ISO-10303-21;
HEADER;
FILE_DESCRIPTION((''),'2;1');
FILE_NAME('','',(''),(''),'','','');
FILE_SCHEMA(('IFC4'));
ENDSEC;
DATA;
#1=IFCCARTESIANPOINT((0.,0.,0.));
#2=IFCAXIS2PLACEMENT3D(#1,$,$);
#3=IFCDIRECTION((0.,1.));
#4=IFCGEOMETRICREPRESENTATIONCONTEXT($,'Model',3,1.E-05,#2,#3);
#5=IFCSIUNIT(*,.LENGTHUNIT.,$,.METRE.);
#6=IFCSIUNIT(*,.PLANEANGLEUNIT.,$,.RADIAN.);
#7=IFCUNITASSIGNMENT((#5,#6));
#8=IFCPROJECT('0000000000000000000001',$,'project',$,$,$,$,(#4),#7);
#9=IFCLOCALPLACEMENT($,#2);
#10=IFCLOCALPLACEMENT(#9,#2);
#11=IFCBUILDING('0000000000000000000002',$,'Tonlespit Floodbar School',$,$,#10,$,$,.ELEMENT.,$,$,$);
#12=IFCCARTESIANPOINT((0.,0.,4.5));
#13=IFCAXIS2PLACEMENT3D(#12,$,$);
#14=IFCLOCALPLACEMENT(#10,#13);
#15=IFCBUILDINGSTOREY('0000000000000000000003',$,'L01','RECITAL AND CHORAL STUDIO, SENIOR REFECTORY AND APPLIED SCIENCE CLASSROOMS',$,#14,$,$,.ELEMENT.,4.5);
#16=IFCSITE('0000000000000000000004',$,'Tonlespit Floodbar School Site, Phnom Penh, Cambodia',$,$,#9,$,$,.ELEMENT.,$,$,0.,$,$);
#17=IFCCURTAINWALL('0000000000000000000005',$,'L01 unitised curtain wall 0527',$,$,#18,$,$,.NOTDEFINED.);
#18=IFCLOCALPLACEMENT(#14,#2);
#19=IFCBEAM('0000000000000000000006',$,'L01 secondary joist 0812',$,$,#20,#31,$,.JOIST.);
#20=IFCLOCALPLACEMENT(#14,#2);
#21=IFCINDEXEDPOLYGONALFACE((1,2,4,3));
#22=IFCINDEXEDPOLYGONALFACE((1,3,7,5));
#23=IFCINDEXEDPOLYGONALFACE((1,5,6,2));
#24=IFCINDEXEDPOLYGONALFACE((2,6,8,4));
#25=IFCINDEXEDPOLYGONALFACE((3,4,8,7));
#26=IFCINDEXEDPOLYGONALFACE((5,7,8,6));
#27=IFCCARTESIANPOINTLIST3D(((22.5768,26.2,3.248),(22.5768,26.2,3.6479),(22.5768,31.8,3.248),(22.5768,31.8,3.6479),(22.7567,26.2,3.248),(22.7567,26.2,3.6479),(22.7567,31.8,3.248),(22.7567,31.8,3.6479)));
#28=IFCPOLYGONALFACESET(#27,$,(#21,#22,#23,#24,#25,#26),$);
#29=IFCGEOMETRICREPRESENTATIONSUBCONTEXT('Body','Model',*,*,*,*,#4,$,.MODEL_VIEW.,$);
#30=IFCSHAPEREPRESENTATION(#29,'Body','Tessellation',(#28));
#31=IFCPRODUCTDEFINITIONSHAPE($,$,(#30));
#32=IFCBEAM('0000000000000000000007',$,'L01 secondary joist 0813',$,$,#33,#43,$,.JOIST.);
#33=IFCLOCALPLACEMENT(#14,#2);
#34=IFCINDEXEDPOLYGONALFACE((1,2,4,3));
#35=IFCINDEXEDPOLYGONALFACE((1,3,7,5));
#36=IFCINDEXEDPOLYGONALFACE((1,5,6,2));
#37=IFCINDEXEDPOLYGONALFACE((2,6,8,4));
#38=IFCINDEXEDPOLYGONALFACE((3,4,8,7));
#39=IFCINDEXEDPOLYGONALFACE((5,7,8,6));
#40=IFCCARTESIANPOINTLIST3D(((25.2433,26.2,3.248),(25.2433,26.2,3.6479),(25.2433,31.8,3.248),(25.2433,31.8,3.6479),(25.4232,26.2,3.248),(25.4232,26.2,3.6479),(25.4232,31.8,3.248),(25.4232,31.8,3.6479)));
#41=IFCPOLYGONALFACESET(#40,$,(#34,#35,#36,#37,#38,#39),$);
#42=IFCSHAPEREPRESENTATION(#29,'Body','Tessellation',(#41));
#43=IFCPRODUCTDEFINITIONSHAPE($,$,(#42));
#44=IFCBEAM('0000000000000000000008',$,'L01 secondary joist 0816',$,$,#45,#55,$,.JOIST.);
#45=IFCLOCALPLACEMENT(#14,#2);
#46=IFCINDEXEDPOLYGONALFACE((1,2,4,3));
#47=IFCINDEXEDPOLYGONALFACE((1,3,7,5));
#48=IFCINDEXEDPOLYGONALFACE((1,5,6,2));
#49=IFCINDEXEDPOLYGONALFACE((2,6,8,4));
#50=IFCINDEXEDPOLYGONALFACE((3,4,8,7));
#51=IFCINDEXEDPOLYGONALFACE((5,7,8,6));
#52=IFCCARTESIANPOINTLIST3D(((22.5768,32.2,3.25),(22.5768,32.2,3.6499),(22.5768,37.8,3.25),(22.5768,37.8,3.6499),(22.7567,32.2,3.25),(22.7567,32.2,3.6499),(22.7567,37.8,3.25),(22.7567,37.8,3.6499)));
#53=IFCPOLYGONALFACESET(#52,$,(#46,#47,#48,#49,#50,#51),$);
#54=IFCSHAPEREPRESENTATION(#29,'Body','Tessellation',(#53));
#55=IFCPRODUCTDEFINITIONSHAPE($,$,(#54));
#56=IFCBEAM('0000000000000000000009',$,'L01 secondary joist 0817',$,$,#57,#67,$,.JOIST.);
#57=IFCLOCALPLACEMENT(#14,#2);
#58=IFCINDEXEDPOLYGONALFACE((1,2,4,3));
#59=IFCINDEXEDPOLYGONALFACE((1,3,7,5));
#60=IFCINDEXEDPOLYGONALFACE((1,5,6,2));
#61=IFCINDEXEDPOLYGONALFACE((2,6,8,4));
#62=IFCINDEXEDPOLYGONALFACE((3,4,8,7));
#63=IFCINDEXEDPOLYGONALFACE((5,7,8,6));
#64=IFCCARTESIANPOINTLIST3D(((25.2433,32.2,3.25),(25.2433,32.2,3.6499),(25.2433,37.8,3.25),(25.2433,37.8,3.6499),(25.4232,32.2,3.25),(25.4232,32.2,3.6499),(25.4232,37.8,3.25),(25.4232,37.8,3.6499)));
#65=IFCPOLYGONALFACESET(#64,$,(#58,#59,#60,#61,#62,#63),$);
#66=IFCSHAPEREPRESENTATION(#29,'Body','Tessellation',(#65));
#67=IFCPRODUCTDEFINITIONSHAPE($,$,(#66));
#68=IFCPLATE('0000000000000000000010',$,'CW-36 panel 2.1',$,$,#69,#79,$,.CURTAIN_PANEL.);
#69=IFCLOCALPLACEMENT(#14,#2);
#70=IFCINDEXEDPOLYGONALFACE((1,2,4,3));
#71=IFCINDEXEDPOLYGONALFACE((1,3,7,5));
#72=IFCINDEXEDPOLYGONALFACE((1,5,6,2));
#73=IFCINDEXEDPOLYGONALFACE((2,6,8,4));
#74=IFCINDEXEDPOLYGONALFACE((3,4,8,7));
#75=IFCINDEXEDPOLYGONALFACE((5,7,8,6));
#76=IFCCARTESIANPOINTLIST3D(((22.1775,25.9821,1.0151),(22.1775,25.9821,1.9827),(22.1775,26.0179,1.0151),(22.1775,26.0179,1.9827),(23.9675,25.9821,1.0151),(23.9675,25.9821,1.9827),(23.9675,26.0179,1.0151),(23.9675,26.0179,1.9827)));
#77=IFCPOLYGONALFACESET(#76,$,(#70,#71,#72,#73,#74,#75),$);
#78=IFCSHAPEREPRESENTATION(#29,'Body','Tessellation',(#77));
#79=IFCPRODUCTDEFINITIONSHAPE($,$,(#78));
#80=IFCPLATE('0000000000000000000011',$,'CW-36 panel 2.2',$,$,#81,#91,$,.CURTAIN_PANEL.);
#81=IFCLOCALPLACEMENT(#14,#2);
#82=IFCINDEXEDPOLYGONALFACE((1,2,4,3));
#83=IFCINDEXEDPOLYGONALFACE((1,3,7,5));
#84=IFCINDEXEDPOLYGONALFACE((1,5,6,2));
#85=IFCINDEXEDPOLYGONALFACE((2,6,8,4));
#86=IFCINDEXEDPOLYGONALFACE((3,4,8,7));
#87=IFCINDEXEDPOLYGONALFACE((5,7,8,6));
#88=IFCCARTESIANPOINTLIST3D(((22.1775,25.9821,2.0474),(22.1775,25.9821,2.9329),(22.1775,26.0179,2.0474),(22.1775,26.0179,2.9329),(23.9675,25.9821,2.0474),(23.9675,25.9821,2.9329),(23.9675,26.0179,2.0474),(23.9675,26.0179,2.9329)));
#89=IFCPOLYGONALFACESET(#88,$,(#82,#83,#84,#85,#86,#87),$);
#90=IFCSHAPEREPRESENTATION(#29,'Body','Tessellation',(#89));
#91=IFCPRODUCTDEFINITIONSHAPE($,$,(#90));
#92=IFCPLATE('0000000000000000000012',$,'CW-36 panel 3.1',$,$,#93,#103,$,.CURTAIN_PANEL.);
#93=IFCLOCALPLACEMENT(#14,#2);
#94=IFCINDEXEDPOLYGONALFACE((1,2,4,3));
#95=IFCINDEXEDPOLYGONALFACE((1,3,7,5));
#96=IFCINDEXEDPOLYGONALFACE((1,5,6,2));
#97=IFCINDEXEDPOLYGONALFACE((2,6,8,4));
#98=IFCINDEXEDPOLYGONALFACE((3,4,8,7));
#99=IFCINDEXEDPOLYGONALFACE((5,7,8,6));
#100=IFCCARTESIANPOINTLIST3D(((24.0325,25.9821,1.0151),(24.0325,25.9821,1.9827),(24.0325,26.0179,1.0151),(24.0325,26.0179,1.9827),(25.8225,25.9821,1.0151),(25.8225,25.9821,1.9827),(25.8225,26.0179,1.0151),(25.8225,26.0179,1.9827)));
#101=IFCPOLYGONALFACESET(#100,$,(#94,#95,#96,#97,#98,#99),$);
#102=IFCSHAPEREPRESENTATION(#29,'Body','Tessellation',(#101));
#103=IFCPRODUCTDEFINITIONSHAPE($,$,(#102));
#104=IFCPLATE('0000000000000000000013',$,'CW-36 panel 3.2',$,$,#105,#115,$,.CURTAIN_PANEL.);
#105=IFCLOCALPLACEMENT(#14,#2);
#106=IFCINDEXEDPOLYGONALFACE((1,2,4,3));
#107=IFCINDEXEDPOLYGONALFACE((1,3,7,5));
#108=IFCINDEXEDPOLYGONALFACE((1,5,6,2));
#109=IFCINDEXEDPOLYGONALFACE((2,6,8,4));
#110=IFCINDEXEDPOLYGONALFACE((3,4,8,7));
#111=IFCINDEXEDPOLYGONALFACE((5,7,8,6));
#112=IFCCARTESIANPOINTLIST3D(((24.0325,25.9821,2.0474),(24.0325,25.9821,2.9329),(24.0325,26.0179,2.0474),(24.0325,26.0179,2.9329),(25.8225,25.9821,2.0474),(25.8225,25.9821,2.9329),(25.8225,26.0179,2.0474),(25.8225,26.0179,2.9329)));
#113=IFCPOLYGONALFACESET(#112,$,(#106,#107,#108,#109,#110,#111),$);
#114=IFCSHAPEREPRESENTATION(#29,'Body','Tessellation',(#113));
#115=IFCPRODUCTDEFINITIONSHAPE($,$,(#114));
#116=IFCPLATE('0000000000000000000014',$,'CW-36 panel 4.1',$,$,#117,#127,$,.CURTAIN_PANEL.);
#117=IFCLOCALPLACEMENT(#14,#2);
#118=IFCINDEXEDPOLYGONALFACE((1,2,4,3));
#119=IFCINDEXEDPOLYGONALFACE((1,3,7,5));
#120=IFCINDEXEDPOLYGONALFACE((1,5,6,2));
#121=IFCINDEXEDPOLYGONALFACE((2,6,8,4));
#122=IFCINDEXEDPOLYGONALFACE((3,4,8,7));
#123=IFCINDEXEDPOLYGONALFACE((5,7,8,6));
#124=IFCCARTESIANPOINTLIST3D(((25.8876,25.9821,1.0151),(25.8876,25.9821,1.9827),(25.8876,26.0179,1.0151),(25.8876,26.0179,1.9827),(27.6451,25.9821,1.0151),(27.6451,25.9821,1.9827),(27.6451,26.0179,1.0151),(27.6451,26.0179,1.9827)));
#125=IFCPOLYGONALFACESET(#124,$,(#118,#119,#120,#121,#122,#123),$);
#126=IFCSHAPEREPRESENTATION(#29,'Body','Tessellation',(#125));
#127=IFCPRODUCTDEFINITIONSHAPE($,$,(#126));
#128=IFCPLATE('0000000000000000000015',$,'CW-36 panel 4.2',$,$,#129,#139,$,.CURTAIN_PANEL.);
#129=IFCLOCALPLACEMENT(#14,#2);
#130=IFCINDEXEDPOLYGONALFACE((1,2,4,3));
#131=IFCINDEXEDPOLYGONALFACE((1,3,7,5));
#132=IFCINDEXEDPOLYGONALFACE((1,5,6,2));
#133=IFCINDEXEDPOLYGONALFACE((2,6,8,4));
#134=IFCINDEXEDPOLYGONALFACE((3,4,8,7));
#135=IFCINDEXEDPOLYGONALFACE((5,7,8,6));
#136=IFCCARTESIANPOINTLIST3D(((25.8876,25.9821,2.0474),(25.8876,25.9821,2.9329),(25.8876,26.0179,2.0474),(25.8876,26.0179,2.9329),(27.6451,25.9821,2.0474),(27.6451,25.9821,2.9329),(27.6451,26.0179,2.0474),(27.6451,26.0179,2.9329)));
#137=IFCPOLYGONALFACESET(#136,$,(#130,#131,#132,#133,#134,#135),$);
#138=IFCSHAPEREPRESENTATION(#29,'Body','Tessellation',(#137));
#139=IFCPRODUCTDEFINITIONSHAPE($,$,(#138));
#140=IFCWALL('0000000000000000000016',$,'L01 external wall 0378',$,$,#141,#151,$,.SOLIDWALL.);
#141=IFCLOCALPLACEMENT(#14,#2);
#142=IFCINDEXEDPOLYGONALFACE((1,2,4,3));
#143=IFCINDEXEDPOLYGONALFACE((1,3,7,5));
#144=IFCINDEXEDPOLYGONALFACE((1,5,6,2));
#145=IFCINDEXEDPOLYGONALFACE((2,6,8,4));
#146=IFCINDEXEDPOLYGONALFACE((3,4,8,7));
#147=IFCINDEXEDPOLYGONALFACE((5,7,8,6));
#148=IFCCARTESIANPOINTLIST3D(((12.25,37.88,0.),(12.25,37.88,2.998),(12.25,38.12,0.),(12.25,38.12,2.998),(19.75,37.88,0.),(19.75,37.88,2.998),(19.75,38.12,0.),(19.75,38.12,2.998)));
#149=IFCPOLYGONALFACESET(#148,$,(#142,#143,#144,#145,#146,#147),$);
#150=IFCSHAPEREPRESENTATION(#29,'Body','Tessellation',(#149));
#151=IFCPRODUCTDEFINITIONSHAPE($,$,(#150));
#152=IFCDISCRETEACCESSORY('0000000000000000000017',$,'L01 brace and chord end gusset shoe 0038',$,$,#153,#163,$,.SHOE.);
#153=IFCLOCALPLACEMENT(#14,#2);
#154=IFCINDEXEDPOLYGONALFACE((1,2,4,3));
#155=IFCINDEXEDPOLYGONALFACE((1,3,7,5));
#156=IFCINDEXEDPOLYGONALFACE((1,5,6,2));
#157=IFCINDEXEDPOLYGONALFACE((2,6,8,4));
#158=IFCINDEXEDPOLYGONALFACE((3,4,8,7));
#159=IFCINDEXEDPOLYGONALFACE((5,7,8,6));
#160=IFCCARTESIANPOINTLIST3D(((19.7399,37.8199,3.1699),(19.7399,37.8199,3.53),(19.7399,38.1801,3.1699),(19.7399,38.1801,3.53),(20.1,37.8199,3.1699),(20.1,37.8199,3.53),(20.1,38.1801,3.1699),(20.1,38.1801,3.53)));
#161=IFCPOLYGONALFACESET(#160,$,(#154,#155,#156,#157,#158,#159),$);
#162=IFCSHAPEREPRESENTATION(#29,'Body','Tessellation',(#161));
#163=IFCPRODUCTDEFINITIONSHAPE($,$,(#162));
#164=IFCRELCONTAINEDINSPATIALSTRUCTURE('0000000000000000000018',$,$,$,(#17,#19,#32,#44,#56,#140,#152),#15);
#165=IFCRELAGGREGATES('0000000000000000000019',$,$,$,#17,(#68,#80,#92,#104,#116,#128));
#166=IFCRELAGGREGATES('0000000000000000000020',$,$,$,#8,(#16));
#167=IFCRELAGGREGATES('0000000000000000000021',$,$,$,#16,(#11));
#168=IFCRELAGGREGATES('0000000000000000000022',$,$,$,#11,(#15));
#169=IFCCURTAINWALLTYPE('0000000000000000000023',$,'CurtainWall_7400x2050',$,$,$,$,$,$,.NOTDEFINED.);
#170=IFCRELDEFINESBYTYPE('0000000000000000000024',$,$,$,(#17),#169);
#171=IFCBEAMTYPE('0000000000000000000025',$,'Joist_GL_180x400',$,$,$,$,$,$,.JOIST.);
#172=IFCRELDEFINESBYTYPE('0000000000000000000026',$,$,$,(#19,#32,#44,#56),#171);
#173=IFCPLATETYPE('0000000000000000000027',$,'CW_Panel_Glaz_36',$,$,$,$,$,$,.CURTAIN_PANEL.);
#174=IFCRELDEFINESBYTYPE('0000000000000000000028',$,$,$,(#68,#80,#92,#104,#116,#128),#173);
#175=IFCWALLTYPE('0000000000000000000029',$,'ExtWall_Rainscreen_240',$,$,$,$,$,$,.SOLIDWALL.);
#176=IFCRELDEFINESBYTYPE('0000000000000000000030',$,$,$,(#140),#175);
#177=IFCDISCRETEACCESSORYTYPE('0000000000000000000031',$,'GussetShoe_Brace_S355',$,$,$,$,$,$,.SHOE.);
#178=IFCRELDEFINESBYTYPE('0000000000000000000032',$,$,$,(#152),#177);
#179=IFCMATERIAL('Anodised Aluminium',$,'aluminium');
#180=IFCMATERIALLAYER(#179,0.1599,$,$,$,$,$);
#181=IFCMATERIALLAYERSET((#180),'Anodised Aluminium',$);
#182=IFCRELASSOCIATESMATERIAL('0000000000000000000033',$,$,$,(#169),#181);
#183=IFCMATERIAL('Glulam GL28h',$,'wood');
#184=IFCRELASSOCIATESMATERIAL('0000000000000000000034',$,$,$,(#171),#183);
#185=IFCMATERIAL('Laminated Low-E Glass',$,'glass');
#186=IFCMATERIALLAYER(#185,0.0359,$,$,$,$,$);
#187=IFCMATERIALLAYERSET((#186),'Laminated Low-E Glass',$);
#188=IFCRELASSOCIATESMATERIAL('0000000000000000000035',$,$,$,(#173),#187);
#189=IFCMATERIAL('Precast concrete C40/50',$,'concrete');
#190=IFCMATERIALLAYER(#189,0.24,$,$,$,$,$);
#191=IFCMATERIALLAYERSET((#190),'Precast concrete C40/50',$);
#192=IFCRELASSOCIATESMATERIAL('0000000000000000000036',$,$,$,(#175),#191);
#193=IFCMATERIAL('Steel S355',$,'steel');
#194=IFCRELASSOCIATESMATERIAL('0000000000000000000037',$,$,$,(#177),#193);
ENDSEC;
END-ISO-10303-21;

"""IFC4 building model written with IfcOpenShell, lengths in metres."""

from ifc_helpers import new_model, si_unit, direction, frame, frame_2d, origin, origin_2d, place, context, subcontext, project, spatial, rectangle, extrude, material, layer, layer_set, material_profile, profile_set, type_object, element, aggregate, save


model = new_model("IFC4")

# Units and contexts
model_context = context("Model", 3, precision=1e-05, world=origin(), true_north=direction((0.0, 1.0)))
body_context = subcontext(model_context, "Body", "Model", "MODEL_VIEW")
ifc_project = project(units=[si_unit("LENGTHUNIT", "METRE"), si_unit("PLANEANGLEUNIT", "RADIAN")], contexts=[model_context])

# Site, building, storey
site_placement = place(None, origin())
site = spatial("IfcSite", under=ifc_project, at=site_placement, Name="Tonlespit Floodbar School Site, Phnom Penh, Cambodia", CompositionType="ELEMENT", RefElevation=0.0)
building_placement = place(site_placement, origin())
building = spatial("IfcBuilding", under=site, at=building_placement, Name="Tonlespit Floodbar School", CompositionType="ELEMENT")
storey_placement = place(building_placement, frame((0.0, 0.0, 4.5)))
storey = spatial("IfcBuildingStorey", under=building, at=storey_placement, Name="L01", Description="RECITAL AND CHORAL STUDIO, SENIOR REFECTORY AND APPLIED SCIENCE CLASSROOMS", CompositionType="ELEMENT", Elevation=4.5)

# Curtain wall
ifc_material_1 = material(Name="Anodised Aluminium", Category="aluminium")
ifc_layer_1 = layer(ifc_material_1, 0.1599)
ifc_layer_set_1 = layer_set([ifc_layer_1], Name="Anodised Aluminium")
curtain_wall_type = type_object("IfcCurtainWallType", Name="CurtainWall_7400x2050", PredefinedType="NOTDEFINED", material=ifc_layer_set_1)
curtain_wall_placement = place(storey_placement, origin())
curtain_wall = element("IfcCurtainWall", 1, at=curtain_wall_placement, inside=storey, type_object=curtain_wall_type, Name="L01 unitised curtain wall 0527", PredefinedType="NOTDEFINED")

# Beams
ifc_material_2 = material(Name="Glulam GL28h", Category="wood")
ifc_material_profile_1 = material_profile(ifc_material_2, rectangle(XDim=0.1799, YDim=0.3999, at=origin_2d()), Name="GL 180x400")
ifc_profile_set_1 = profile_set([ifc_material_profile_1], Name="Glulam GL28h")
beam_type_1 = type_object("IfcBeamType", Name="Joist_GL_180x400", PredefinedType="JOIST", material=ifc_profile_set_1)
for number, where, z_axis, x_axis, name in (
    (2, (22.6667, 26.2, 3.448), (0.0, 1.0, 0.0), (-1.0, 0.0, 0.0), "L01 secondary joist 0812"),
    (3, (25.3333, 26.2, 3.448), (0.0, 1.0, 0.0), (-1.0, 0.0, 0.0), "L01 secondary joist 0813"),
    (4, (22.6667, 32.2, 3.45), (0.0, 1.0, 0.0), (-1.0, 0.0, 0.0), "L01 secondary joist 0816"),
    (5, (25.3333, 32.2, 3.45), (0.0, 1.0, 0.0), (-1.0, 0.0, 0.0), "L01 secondary joist 0817"),
):
    element("IfcBeam", number, at=place(storey_placement, frame(where, z_axis=z_axis, x_axis=x_axis)), inside=storey, type_object=beam_type_1, Name=name, PredefinedType="JOIST", context=body_context, shape_type="SweptSolid", body=[
        extrude(rectangle(XDim=0.1799, YDim=0.3999, at=origin_2d()), origin(), (0.0, 0.0, 1.0), 5.6001),
    ])

# Plates
ifc_material_3 = material(Name="Laminated Low-E Glass", Category="glass")
ifc_layer_2 = layer(ifc_material_3, 0.0359)
ifc_layer_set_2 = layer_set([ifc_layer_2], Name="Laminated Low-E Glass")
plate_type = type_object("IfcPlateType", Name="CW_Panel_Glaz_36", PredefinedType="CURTAIN_PANEL", material=ifc_layer_set_2)
plate_1_placement = place(storey_placement, frame((23.0725, 26.0, 1.0151), z_axis=(0.0, 0.0, 1.0), x_axis=(1.0, 0.0, 0.0)))
plate_1 = element("IfcPlate", 6, at=plate_1_placement, type_object=plate_type, Name="CW-36 panel 2.1", PredefinedType="CURTAIN_PANEL", context=body_context, shape_type="SweptSolid", body=[
    extrude(rectangle(XDim=1.79, YDim=0.0359, at=origin_2d()), origin(), (0.0, 0.0, 1.0), 0.9675),
])
plate_2_placement = place(storey_placement, frame((23.0725, 26.0, 2.0474), z_axis=(0.0, 0.0, 1.0), x_axis=(1.0, 0.0, 0.0)))
plate_2 = element("IfcPlate", 7, at=plate_2_placement, type_object=plate_type, Name="CW-36 panel 2.2", PredefinedType="CURTAIN_PANEL", context=body_context, shape_type="SweptSolid", body=[
    extrude(rectangle(XDim=1.79, YDim=0.0359, at=origin_2d()), origin(), (0.0, 0.0, 1.0), 0.8855),
])
plate_3_placement = place(storey_placement, frame((24.9275, 26.0, 1.0151), z_axis=(0.0, 0.0, 1.0), x_axis=(1.0, 0.0, 0.0)))
plate_3 = element("IfcPlate", 8, at=plate_3_placement, type_object=plate_type, Name="CW-36 panel 3.1", PredefinedType="CURTAIN_PANEL", context=body_context, shape_type="SweptSolid", body=[
    extrude(rectangle(XDim=1.79, YDim=0.0359, at=origin_2d()), origin(), (0.0, 0.0, 1.0), 0.9675),
])
plate_4_placement = place(storey_placement, frame((24.9275, 26.0, 2.0474), z_axis=(0.0, 0.0, 1.0), x_axis=(1.0, 0.0, 0.0)))
plate_4 = element("IfcPlate", 9, at=plate_4_placement, type_object=plate_type, Name="CW-36 panel 3.2", PredefinedType="CURTAIN_PANEL", context=body_context, shape_type="SweptSolid", body=[
    extrude(rectangle(XDim=1.79, YDim=0.0359, at=origin_2d()), origin(), (0.0, 0.0, 1.0), 0.8855),
])
plate_5_placement = place(storey_placement, frame((26.7664, 26.0, 1.0151), z_axis=(0.0, 0.0, 1.0), x_axis=(1.0, 0.0, 0.0)))
plate_5 = element("IfcPlate", 10, at=plate_5_placement, type_object=plate_type, Name="CW-36 panel 4.1", PredefinedType="CURTAIN_PANEL", context=body_context, shape_type="SweptSolid", body=[
    extrude(rectangle(XDim=1.7576, YDim=0.0359, at=origin_2d()), origin(), (0.0, 0.0, 1.0), 0.9675),
])
plate_6_placement = place(storey_placement, frame((26.7664, 26.0, 2.0474), z_axis=(0.0, 0.0, 1.0), x_axis=(1.0, 0.0, 0.0)))
plate_6 = element("IfcPlate", 11, at=plate_6_placement, type_object=plate_type, Name="CW-36 panel 4.2", PredefinedType="CURTAIN_PANEL", context=body_context, shape_type="SweptSolid", body=[
    extrude(rectangle(XDim=1.7576, YDim=0.0359, at=origin_2d()), origin(), (0.0, 0.0, 1.0), 0.8855),
])
aggregate(curtain_wall, [plate_1, plate_2, plate_3, plate_4, plate_5, plate_6])

# Wall
ifc_material_4 = material(Name="Precast concrete C40/50", Category="concrete")
ifc_layer_3 = layer(ifc_material_4, 0.24)
ifc_layer_set_3 = layer_set([ifc_layer_3], Name="Precast concrete C40/50")
wall_type = type_object("IfcWallType", Name="ExtWall_Rainscreen_240", PredefinedType="SOLIDWALL", material=ifc_layer_set_3)
wall_placement = place(storey_placement, frame((19.75, 38.0, 0.0), z_axis=(0.0, 0.0, 1.0), x_axis=(-1.0, 0.0, 0.0)))
element("IfcWall", 12, at=wall_placement, inside=storey, type_object=wall_type, Name="L01 external wall 0378", PredefinedType="SOLIDWALL", context=body_context, shape_type="SweptSolid", body=[
    extrude(rectangle(XDim=7.5, YDim=0.24, at=frame_2d((3.75, 0.0))), origin(), (0.0, 0.0, 1.0), 2.998),
])

# Discrete accessory
ifc_material_5 = material(Name="Steel S355", Category="steel")
discrete_accessory_type = type_object("IfcDiscreteAccessoryType", Name="GussetShoe_Brace_S355", PredefinedType="SHOE", material=ifc_material_5)
discrete_accessory_placement = place(storey_placement, frame((19.9199, 38.0, 3.1699), z_axis=(0.0, 0.0, 1.0), x_axis=(1.0, 0.0, 0.0)))
element("IfcDiscreteAccessory", 13, at=discrete_accessory_placement, inside=storey, type_object=discrete_accessory_type, Name="L01 brace and chord end gusset shoe 0038", PredefinedType="SHOE", context=body_context, shape_type="SweptSolid", body=[
    extrude(rectangle(XDim=0.3601, YDim=0.3601, at=origin_2d()), origin(), (0.0, 0.0, 1.0), 0.3601),
])

save(model, "model.ifc")
